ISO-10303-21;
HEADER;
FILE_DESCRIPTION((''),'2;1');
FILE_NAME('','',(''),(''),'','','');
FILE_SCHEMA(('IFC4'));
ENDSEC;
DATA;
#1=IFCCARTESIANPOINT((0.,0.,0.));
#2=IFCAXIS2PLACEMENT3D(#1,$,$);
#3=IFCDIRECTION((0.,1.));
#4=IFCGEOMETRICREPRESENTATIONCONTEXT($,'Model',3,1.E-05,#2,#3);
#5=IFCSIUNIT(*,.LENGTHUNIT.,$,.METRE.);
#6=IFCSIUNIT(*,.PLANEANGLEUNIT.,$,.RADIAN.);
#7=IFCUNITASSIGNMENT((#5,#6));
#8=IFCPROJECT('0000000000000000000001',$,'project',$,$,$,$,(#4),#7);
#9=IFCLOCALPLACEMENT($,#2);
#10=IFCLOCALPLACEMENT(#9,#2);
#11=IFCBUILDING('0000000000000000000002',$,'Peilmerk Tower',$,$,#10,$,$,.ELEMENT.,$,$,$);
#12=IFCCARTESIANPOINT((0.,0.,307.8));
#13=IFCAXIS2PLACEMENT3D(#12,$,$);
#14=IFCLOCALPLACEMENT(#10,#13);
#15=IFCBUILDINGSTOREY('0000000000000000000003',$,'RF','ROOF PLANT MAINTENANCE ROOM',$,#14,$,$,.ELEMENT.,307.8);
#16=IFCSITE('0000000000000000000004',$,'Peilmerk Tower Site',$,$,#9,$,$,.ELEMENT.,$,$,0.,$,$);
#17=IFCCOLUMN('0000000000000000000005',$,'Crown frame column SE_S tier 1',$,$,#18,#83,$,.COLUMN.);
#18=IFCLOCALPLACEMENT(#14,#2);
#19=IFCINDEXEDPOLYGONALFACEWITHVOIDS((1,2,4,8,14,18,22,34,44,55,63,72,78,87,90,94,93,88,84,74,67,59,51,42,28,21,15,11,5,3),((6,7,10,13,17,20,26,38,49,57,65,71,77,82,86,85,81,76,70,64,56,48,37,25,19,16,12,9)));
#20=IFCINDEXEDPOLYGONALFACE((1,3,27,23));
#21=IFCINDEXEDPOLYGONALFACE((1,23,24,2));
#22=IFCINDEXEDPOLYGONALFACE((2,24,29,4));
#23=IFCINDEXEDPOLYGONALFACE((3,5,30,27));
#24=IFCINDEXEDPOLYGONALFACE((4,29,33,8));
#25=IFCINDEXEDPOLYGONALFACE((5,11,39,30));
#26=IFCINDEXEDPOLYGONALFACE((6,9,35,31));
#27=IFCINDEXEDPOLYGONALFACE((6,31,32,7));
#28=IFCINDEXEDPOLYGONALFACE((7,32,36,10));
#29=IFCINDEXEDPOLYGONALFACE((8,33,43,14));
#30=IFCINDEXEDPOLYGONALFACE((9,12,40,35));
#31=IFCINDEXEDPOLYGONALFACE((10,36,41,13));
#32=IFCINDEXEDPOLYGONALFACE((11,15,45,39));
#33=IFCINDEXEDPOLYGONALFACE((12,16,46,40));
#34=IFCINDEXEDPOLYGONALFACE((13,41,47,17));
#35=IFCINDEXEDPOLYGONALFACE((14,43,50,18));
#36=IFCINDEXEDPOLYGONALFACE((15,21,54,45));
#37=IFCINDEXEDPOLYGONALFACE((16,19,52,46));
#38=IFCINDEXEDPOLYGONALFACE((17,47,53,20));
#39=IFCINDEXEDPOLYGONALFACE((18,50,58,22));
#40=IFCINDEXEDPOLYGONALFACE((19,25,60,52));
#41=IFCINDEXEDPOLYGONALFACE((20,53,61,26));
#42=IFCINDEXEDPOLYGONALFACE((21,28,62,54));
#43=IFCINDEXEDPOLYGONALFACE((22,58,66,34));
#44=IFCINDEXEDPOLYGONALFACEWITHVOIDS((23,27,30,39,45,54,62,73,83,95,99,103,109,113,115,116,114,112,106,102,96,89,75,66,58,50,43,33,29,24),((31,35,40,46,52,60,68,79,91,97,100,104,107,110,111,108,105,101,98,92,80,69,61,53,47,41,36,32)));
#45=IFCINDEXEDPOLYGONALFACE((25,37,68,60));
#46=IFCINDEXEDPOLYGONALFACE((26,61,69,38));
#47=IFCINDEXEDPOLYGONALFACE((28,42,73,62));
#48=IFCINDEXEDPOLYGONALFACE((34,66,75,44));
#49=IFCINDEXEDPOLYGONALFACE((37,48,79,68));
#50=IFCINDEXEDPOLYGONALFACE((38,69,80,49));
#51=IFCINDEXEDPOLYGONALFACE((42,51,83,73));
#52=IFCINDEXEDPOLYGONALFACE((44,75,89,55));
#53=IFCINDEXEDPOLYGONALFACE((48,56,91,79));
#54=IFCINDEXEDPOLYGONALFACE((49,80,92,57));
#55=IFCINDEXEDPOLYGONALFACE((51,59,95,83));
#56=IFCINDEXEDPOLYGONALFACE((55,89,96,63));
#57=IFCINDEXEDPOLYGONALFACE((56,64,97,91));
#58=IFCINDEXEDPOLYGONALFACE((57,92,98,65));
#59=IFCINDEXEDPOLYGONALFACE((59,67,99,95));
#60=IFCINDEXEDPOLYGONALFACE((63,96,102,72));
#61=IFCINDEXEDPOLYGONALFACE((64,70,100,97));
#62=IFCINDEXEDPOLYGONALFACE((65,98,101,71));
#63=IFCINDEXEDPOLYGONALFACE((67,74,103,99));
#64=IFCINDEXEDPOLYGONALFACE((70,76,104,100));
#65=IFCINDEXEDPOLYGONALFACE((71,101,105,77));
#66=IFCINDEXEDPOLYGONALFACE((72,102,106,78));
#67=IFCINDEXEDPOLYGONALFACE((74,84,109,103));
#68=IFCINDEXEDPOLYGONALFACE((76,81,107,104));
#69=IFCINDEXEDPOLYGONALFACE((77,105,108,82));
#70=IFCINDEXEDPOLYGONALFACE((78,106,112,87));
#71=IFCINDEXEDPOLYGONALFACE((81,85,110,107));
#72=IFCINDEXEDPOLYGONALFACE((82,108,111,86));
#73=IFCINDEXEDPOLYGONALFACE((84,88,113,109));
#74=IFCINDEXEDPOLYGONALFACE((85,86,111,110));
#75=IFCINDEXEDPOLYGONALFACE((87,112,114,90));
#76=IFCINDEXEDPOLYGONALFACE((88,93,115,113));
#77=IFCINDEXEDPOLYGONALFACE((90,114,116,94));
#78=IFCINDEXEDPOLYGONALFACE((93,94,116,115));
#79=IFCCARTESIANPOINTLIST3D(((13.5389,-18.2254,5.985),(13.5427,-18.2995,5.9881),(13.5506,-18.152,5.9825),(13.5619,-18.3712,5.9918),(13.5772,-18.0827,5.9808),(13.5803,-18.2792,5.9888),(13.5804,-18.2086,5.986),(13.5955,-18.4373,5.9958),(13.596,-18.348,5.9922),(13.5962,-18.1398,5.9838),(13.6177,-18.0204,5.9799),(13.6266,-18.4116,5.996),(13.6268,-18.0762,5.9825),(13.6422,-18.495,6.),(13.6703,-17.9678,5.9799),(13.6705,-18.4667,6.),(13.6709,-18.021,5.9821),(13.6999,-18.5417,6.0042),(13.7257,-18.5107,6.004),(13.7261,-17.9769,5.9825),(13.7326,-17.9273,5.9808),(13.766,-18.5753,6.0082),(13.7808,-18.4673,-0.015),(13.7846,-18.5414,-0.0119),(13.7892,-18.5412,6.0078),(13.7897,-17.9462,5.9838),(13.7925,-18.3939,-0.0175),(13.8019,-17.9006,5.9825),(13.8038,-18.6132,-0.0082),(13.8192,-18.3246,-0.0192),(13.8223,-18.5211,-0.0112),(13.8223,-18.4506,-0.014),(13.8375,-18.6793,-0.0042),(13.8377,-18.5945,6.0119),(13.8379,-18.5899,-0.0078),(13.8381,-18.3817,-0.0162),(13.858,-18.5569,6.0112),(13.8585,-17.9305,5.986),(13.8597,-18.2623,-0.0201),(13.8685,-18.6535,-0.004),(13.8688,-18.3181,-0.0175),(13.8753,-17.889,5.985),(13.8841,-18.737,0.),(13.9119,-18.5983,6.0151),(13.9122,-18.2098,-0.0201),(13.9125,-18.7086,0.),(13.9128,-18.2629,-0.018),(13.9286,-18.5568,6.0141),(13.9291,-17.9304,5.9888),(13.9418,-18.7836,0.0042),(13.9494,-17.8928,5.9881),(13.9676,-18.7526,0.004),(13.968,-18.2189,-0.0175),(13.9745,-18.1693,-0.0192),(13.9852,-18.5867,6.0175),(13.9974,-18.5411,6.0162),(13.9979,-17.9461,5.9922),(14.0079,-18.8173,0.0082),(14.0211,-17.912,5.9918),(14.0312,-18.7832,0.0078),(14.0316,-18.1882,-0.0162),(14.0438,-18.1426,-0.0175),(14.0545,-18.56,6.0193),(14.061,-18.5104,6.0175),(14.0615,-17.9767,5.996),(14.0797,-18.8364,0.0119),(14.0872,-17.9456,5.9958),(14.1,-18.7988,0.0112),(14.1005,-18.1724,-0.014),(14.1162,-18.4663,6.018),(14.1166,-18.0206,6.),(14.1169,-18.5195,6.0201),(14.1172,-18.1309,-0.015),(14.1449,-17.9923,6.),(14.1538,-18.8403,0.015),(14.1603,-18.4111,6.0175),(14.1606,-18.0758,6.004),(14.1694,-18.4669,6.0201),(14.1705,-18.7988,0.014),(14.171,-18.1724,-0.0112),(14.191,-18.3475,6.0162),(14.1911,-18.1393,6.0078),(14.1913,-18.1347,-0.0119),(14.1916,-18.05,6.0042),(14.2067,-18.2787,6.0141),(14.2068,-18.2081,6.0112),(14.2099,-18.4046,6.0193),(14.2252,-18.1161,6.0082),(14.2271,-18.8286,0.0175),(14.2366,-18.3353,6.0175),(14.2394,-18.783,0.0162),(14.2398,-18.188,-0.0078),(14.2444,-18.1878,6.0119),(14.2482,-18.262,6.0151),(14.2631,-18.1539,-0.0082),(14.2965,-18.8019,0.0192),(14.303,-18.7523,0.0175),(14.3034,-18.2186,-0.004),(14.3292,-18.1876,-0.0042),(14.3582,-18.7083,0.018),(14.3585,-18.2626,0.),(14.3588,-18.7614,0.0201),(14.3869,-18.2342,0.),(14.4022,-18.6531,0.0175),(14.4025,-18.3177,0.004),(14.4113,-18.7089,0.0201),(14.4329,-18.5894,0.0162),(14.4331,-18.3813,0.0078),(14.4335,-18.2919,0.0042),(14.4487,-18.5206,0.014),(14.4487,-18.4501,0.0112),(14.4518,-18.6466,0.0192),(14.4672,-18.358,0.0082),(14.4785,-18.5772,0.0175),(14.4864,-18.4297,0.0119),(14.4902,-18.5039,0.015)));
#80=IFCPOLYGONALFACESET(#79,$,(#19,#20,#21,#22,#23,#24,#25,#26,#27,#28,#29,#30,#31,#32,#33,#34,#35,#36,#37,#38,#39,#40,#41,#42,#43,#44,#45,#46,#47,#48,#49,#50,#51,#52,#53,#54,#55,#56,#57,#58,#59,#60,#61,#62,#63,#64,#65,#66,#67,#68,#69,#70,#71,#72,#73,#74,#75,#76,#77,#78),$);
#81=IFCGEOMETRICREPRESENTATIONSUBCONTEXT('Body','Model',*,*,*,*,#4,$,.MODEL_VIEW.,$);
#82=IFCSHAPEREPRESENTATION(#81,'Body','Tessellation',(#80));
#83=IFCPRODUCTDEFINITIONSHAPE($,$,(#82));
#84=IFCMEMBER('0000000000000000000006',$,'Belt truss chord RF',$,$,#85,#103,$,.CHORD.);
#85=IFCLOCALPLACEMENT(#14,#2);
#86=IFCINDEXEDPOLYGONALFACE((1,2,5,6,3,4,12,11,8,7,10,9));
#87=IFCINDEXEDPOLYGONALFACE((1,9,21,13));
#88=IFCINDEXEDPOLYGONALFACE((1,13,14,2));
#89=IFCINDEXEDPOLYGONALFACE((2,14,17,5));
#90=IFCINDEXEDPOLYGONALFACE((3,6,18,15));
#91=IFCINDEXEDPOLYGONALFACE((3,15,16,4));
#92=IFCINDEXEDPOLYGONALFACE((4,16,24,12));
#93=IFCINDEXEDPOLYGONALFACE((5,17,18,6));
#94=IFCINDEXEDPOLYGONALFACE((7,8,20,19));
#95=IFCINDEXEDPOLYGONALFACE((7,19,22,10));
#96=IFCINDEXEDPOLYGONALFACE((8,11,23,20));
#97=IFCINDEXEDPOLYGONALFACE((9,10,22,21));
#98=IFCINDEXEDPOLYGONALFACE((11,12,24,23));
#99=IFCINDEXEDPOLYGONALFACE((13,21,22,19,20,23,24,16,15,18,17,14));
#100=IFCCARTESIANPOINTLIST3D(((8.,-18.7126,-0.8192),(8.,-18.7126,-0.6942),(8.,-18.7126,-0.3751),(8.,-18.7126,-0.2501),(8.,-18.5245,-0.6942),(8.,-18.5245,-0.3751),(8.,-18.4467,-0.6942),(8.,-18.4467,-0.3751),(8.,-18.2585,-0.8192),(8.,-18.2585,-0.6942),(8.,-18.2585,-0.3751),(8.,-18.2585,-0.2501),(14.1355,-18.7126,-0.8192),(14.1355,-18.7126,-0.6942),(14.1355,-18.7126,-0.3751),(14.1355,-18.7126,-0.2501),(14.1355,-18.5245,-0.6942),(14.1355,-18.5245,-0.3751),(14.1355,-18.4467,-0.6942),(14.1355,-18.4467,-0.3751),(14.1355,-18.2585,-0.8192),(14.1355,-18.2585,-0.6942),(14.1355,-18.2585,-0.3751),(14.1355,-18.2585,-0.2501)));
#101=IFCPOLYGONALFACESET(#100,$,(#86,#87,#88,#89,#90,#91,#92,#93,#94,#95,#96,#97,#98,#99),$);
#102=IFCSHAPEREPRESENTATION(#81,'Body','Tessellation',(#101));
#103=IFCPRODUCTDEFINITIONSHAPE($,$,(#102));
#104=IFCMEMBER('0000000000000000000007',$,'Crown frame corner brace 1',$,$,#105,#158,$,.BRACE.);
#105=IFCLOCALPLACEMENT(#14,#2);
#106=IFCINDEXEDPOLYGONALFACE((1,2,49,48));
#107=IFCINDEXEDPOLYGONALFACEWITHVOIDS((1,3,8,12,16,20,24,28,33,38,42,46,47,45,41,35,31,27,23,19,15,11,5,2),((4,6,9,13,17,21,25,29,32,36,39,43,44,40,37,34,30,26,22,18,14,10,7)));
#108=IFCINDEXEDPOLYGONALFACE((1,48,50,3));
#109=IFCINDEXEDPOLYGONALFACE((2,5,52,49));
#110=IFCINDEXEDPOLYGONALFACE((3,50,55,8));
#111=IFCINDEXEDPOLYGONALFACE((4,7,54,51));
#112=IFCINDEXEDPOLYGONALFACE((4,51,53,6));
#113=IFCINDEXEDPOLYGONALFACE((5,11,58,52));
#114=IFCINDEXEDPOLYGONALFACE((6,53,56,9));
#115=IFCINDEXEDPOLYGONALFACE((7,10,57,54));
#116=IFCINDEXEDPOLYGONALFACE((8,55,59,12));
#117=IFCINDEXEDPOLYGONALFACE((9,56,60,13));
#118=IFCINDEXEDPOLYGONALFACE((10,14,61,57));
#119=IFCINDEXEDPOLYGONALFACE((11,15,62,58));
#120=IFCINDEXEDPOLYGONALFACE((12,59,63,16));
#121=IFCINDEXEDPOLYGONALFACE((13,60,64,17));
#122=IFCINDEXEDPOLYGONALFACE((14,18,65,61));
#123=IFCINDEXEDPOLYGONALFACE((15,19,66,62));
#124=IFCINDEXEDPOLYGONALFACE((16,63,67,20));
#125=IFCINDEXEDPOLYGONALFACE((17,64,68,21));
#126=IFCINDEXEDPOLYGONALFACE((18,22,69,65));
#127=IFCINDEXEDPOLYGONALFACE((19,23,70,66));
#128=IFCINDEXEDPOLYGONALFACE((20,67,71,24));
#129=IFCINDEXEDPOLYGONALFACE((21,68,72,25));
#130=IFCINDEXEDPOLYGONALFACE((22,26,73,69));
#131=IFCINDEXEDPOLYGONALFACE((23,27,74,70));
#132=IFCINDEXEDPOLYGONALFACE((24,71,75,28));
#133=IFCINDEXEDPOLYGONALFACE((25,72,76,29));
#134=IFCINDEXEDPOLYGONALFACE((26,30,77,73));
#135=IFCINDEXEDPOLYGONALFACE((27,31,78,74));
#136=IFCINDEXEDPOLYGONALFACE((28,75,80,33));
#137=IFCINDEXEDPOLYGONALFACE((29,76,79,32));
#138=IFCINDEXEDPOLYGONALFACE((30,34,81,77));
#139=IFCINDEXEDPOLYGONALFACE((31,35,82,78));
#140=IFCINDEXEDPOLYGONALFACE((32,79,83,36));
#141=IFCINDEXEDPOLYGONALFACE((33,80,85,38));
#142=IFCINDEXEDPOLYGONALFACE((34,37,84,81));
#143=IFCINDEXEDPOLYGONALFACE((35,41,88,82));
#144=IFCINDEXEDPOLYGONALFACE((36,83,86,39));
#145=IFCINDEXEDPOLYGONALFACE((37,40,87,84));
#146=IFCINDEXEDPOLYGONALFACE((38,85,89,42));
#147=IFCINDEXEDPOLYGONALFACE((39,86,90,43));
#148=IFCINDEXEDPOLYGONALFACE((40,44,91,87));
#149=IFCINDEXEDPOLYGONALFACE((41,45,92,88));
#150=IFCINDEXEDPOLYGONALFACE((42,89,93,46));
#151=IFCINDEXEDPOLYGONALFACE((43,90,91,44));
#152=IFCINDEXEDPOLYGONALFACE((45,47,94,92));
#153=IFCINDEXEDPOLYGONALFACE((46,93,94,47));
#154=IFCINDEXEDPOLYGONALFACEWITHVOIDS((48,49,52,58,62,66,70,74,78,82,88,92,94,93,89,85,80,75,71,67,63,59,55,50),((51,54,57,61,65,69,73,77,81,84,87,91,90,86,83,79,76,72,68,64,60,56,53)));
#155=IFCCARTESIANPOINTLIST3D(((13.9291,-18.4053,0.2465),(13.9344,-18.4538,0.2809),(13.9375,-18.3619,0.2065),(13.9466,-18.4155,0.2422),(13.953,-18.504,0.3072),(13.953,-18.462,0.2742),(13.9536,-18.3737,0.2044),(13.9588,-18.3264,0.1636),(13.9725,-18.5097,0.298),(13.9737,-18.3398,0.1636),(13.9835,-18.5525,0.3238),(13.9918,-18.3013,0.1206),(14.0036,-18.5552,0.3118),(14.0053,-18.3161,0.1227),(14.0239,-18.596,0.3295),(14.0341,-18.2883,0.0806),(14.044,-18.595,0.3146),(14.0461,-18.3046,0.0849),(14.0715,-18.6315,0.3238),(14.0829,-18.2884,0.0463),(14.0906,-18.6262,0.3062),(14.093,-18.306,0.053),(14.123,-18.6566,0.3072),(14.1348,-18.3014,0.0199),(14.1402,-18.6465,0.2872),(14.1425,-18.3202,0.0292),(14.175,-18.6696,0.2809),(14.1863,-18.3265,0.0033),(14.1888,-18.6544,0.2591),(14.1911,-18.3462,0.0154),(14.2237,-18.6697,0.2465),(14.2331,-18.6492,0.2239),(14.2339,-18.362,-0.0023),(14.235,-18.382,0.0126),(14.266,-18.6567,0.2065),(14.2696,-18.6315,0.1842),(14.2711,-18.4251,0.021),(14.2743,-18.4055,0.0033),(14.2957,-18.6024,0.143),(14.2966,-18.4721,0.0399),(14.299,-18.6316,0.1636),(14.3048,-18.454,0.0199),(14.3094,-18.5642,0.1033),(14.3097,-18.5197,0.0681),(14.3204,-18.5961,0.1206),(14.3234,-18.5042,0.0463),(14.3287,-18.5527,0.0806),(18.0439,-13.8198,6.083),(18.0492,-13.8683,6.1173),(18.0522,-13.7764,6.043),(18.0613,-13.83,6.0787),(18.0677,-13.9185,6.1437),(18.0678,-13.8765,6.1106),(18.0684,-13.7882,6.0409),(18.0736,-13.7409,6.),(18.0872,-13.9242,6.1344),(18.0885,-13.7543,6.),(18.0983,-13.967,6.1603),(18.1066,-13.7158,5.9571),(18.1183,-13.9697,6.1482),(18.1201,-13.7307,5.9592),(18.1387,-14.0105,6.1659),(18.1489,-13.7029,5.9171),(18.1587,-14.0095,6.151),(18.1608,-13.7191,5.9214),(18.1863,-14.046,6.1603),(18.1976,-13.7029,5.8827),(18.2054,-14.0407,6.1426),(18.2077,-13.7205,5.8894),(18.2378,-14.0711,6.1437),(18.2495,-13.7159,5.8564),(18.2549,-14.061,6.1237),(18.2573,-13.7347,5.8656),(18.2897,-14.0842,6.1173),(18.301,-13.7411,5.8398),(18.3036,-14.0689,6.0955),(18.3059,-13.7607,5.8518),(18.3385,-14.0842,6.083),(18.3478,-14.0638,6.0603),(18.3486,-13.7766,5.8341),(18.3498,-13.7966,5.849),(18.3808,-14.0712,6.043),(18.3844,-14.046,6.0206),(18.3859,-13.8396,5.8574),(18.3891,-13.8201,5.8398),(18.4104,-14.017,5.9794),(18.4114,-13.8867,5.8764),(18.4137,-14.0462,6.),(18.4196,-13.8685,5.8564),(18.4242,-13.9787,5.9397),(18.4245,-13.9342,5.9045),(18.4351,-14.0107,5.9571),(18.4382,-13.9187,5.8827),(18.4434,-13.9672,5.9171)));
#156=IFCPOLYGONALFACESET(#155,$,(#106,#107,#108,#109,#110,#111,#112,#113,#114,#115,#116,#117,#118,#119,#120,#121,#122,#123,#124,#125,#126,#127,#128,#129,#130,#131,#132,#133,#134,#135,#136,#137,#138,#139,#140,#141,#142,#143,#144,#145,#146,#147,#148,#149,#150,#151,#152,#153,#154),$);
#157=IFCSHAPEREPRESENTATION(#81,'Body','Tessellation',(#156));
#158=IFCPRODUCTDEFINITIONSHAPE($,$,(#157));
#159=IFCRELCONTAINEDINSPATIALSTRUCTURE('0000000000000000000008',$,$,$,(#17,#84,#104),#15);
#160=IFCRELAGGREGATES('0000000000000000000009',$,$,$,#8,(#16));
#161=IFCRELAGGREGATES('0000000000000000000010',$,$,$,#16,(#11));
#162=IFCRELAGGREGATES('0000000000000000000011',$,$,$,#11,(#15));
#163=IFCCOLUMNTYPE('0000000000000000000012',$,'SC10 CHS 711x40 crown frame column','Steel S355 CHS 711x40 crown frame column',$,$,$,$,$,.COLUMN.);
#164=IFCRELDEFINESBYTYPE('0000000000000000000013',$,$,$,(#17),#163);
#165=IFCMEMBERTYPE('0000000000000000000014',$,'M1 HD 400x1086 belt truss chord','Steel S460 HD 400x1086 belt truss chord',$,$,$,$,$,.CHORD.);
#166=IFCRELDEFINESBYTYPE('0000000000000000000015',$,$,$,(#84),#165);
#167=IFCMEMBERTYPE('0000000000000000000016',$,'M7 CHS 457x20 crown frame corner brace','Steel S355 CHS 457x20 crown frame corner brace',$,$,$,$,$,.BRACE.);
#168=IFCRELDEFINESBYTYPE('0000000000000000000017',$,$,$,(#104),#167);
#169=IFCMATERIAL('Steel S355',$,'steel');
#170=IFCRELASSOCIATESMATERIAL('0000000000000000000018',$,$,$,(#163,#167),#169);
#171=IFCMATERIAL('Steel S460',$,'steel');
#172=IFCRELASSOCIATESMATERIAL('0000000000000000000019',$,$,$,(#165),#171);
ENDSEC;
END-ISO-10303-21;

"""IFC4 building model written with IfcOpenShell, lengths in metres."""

from ifc_helpers import new_model, si_unit, direction, frame, origin, origin_2d, place, context, subcontext, project, spatial, hollow_circle, i_section, extrude, material, material_profile, profile_set, type_object, element, save


model = new_model("IFC4")

# Units and contexts
model_context = context("Model", 3, precision=1e-05, world=origin(), true_north=direction((0.0, 1.0)))
body_context = subcontext(model_context, "Body", "Model", "MODEL_VIEW")
ifc_project = project(units=[si_unit("LENGTHUNIT", "METRE"), si_unit("PLANEANGLEUNIT", "RADIAN")], contexts=[model_context])

# Site, building, storey
site_placement = place(None, origin())
site = spatial("IfcSite", under=ifc_project, at=site_placement, Name="Peilmerk Tower Site", CompositionType="ELEMENT", RefElevation=0.0)
building_placement = place(site_placement, origin())
building = spatial("IfcBuilding", under=site, at=building_placement, Name="Peilmerk Tower", CompositionType="ELEMENT")
storey_placement = place(building_placement, frame((0.0, 0.0, 307.8)))
storey = spatial("IfcBuildingStorey", under=building, at=storey_placement, Name="RF", Description="ROOF PLANT MAINTENANCE ROOM", CompositionType="ELEMENT", Elevation=307.8)

# Column
ifc_material_1 = material(Name="Steel S355", Category="steel")
ifc_material_profile_1 = material_profile(ifc_material_1, hollow_circle(Radius=0.3555, WallThickness=0.04, at=origin_2d()), Name="CHS 711x40")
ifc_profile_set_1 = profile_set([ifc_material_profile_1], Name="Steel S355")
column_type = type_object("IfcColumnType", Name="SC10 CHS 711x40 crown frame column", Description="Steel S355 CHS 711x40 crown frame column", PredefinedType="COLUMN", material=ifc_profile_set_1)
column_placement = place(storey_placement, frame((14.1355, -18.4856, 0.0), z_axis=(-0.040258, 0.040258, 0.998378), x_axis=(-0.707107, -0.707107, 0.0)))
element("IfcColumn", 1, at=column_placement, inside=storey, type_object=column_type, Name="Crown frame column SE_S tier 1", PredefinedType="COLUMN", context=body_context, shape_type="SweptSolid", body=[
    extrude(hollow_circle(Radius=0.3555, WallThickness=0.04, at=origin_2d()), origin(), (0.0, 0.0, 1.0), 6.0098),
])

# Members
ifc_material_2 = material(Name="Steel S460", Category="steel")
ifc_material_profile_2 = material_profile(ifc_material_2, i_section(OverallWidth=0.4541, OverallDepth=0.5691, WebThickness=0.0779, FlangeThickness=0.125, at=origin_2d()), Name="HD 400x1086")
ifc_profile_set_2 = profile_set([ifc_material_profile_2], Name="Steel S460")
member_type_1 = type_object("IfcMemberType", Name="M1 HD 400x1086 belt truss chord", Description="Steel S460 HD 400x1086 belt truss chord", PredefinedType="CHORD", material=ifc_profile_set_2)
member_1_placement = place(storey_placement, frame((8.0, -18.4856, -0.5347), z_axis=(1.0, 0.0, 0.0), x_axis=(0.0, 1.0, 0.0)))
element("IfcMember", 2, at=member_1_placement, inside=storey, type_object=member_type_1, Name="Belt truss chord RF", PredefinedType="CHORD", context=body_context, shape_type="SweptSolid", body=[
    extrude(i_section(OverallWidth=0.4541, OverallDepth=0.5691, WebThickness=0.0779, FlangeThickness=0.125, at=origin_2d()), origin(), (0.0, 0.0, 1.0), 6.1355),
])
ifc_material_profile_3 = material_profile(ifc_material_1, hollow_circle(Radius=0.2285, WallThickness=0.02, at=origin_2d()), Name="CHS 457x20")
ifc_profile_set_3 = profile_set([ifc_material_profile_3], Name="Steel S355")
member_type_2 = type_object("IfcMemberType", Name="M7 CHS 457x20 crown frame corner brace", Description="Steel S355 CHS 457x20 crown frame corner brace", PredefinedType="BRACE", material=ifc_profile_set_3)
member_2_placement = place(storey_placement, frame((14.1289, -18.479, 0.1636), z_axis=(0.484856, 0.54032, 0.687727), x_axis=(-0.744275, 0.667874, 0.0)))
element("IfcMember", 3, at=member_2_placement, inside=storey, type_object=member_type_2, Name="Crown frame corner brace 1", PredefinedType="BRACE", context=body_context, shape_type="SweptSolid", body=[
    extrude(hollow_circle(Radius=0.2285, WallThickness=0.02, at=origin_2d()), origin(), (0.0, 0.0, 1.0), 8.4866),
])

save(model, "model.ifc")
